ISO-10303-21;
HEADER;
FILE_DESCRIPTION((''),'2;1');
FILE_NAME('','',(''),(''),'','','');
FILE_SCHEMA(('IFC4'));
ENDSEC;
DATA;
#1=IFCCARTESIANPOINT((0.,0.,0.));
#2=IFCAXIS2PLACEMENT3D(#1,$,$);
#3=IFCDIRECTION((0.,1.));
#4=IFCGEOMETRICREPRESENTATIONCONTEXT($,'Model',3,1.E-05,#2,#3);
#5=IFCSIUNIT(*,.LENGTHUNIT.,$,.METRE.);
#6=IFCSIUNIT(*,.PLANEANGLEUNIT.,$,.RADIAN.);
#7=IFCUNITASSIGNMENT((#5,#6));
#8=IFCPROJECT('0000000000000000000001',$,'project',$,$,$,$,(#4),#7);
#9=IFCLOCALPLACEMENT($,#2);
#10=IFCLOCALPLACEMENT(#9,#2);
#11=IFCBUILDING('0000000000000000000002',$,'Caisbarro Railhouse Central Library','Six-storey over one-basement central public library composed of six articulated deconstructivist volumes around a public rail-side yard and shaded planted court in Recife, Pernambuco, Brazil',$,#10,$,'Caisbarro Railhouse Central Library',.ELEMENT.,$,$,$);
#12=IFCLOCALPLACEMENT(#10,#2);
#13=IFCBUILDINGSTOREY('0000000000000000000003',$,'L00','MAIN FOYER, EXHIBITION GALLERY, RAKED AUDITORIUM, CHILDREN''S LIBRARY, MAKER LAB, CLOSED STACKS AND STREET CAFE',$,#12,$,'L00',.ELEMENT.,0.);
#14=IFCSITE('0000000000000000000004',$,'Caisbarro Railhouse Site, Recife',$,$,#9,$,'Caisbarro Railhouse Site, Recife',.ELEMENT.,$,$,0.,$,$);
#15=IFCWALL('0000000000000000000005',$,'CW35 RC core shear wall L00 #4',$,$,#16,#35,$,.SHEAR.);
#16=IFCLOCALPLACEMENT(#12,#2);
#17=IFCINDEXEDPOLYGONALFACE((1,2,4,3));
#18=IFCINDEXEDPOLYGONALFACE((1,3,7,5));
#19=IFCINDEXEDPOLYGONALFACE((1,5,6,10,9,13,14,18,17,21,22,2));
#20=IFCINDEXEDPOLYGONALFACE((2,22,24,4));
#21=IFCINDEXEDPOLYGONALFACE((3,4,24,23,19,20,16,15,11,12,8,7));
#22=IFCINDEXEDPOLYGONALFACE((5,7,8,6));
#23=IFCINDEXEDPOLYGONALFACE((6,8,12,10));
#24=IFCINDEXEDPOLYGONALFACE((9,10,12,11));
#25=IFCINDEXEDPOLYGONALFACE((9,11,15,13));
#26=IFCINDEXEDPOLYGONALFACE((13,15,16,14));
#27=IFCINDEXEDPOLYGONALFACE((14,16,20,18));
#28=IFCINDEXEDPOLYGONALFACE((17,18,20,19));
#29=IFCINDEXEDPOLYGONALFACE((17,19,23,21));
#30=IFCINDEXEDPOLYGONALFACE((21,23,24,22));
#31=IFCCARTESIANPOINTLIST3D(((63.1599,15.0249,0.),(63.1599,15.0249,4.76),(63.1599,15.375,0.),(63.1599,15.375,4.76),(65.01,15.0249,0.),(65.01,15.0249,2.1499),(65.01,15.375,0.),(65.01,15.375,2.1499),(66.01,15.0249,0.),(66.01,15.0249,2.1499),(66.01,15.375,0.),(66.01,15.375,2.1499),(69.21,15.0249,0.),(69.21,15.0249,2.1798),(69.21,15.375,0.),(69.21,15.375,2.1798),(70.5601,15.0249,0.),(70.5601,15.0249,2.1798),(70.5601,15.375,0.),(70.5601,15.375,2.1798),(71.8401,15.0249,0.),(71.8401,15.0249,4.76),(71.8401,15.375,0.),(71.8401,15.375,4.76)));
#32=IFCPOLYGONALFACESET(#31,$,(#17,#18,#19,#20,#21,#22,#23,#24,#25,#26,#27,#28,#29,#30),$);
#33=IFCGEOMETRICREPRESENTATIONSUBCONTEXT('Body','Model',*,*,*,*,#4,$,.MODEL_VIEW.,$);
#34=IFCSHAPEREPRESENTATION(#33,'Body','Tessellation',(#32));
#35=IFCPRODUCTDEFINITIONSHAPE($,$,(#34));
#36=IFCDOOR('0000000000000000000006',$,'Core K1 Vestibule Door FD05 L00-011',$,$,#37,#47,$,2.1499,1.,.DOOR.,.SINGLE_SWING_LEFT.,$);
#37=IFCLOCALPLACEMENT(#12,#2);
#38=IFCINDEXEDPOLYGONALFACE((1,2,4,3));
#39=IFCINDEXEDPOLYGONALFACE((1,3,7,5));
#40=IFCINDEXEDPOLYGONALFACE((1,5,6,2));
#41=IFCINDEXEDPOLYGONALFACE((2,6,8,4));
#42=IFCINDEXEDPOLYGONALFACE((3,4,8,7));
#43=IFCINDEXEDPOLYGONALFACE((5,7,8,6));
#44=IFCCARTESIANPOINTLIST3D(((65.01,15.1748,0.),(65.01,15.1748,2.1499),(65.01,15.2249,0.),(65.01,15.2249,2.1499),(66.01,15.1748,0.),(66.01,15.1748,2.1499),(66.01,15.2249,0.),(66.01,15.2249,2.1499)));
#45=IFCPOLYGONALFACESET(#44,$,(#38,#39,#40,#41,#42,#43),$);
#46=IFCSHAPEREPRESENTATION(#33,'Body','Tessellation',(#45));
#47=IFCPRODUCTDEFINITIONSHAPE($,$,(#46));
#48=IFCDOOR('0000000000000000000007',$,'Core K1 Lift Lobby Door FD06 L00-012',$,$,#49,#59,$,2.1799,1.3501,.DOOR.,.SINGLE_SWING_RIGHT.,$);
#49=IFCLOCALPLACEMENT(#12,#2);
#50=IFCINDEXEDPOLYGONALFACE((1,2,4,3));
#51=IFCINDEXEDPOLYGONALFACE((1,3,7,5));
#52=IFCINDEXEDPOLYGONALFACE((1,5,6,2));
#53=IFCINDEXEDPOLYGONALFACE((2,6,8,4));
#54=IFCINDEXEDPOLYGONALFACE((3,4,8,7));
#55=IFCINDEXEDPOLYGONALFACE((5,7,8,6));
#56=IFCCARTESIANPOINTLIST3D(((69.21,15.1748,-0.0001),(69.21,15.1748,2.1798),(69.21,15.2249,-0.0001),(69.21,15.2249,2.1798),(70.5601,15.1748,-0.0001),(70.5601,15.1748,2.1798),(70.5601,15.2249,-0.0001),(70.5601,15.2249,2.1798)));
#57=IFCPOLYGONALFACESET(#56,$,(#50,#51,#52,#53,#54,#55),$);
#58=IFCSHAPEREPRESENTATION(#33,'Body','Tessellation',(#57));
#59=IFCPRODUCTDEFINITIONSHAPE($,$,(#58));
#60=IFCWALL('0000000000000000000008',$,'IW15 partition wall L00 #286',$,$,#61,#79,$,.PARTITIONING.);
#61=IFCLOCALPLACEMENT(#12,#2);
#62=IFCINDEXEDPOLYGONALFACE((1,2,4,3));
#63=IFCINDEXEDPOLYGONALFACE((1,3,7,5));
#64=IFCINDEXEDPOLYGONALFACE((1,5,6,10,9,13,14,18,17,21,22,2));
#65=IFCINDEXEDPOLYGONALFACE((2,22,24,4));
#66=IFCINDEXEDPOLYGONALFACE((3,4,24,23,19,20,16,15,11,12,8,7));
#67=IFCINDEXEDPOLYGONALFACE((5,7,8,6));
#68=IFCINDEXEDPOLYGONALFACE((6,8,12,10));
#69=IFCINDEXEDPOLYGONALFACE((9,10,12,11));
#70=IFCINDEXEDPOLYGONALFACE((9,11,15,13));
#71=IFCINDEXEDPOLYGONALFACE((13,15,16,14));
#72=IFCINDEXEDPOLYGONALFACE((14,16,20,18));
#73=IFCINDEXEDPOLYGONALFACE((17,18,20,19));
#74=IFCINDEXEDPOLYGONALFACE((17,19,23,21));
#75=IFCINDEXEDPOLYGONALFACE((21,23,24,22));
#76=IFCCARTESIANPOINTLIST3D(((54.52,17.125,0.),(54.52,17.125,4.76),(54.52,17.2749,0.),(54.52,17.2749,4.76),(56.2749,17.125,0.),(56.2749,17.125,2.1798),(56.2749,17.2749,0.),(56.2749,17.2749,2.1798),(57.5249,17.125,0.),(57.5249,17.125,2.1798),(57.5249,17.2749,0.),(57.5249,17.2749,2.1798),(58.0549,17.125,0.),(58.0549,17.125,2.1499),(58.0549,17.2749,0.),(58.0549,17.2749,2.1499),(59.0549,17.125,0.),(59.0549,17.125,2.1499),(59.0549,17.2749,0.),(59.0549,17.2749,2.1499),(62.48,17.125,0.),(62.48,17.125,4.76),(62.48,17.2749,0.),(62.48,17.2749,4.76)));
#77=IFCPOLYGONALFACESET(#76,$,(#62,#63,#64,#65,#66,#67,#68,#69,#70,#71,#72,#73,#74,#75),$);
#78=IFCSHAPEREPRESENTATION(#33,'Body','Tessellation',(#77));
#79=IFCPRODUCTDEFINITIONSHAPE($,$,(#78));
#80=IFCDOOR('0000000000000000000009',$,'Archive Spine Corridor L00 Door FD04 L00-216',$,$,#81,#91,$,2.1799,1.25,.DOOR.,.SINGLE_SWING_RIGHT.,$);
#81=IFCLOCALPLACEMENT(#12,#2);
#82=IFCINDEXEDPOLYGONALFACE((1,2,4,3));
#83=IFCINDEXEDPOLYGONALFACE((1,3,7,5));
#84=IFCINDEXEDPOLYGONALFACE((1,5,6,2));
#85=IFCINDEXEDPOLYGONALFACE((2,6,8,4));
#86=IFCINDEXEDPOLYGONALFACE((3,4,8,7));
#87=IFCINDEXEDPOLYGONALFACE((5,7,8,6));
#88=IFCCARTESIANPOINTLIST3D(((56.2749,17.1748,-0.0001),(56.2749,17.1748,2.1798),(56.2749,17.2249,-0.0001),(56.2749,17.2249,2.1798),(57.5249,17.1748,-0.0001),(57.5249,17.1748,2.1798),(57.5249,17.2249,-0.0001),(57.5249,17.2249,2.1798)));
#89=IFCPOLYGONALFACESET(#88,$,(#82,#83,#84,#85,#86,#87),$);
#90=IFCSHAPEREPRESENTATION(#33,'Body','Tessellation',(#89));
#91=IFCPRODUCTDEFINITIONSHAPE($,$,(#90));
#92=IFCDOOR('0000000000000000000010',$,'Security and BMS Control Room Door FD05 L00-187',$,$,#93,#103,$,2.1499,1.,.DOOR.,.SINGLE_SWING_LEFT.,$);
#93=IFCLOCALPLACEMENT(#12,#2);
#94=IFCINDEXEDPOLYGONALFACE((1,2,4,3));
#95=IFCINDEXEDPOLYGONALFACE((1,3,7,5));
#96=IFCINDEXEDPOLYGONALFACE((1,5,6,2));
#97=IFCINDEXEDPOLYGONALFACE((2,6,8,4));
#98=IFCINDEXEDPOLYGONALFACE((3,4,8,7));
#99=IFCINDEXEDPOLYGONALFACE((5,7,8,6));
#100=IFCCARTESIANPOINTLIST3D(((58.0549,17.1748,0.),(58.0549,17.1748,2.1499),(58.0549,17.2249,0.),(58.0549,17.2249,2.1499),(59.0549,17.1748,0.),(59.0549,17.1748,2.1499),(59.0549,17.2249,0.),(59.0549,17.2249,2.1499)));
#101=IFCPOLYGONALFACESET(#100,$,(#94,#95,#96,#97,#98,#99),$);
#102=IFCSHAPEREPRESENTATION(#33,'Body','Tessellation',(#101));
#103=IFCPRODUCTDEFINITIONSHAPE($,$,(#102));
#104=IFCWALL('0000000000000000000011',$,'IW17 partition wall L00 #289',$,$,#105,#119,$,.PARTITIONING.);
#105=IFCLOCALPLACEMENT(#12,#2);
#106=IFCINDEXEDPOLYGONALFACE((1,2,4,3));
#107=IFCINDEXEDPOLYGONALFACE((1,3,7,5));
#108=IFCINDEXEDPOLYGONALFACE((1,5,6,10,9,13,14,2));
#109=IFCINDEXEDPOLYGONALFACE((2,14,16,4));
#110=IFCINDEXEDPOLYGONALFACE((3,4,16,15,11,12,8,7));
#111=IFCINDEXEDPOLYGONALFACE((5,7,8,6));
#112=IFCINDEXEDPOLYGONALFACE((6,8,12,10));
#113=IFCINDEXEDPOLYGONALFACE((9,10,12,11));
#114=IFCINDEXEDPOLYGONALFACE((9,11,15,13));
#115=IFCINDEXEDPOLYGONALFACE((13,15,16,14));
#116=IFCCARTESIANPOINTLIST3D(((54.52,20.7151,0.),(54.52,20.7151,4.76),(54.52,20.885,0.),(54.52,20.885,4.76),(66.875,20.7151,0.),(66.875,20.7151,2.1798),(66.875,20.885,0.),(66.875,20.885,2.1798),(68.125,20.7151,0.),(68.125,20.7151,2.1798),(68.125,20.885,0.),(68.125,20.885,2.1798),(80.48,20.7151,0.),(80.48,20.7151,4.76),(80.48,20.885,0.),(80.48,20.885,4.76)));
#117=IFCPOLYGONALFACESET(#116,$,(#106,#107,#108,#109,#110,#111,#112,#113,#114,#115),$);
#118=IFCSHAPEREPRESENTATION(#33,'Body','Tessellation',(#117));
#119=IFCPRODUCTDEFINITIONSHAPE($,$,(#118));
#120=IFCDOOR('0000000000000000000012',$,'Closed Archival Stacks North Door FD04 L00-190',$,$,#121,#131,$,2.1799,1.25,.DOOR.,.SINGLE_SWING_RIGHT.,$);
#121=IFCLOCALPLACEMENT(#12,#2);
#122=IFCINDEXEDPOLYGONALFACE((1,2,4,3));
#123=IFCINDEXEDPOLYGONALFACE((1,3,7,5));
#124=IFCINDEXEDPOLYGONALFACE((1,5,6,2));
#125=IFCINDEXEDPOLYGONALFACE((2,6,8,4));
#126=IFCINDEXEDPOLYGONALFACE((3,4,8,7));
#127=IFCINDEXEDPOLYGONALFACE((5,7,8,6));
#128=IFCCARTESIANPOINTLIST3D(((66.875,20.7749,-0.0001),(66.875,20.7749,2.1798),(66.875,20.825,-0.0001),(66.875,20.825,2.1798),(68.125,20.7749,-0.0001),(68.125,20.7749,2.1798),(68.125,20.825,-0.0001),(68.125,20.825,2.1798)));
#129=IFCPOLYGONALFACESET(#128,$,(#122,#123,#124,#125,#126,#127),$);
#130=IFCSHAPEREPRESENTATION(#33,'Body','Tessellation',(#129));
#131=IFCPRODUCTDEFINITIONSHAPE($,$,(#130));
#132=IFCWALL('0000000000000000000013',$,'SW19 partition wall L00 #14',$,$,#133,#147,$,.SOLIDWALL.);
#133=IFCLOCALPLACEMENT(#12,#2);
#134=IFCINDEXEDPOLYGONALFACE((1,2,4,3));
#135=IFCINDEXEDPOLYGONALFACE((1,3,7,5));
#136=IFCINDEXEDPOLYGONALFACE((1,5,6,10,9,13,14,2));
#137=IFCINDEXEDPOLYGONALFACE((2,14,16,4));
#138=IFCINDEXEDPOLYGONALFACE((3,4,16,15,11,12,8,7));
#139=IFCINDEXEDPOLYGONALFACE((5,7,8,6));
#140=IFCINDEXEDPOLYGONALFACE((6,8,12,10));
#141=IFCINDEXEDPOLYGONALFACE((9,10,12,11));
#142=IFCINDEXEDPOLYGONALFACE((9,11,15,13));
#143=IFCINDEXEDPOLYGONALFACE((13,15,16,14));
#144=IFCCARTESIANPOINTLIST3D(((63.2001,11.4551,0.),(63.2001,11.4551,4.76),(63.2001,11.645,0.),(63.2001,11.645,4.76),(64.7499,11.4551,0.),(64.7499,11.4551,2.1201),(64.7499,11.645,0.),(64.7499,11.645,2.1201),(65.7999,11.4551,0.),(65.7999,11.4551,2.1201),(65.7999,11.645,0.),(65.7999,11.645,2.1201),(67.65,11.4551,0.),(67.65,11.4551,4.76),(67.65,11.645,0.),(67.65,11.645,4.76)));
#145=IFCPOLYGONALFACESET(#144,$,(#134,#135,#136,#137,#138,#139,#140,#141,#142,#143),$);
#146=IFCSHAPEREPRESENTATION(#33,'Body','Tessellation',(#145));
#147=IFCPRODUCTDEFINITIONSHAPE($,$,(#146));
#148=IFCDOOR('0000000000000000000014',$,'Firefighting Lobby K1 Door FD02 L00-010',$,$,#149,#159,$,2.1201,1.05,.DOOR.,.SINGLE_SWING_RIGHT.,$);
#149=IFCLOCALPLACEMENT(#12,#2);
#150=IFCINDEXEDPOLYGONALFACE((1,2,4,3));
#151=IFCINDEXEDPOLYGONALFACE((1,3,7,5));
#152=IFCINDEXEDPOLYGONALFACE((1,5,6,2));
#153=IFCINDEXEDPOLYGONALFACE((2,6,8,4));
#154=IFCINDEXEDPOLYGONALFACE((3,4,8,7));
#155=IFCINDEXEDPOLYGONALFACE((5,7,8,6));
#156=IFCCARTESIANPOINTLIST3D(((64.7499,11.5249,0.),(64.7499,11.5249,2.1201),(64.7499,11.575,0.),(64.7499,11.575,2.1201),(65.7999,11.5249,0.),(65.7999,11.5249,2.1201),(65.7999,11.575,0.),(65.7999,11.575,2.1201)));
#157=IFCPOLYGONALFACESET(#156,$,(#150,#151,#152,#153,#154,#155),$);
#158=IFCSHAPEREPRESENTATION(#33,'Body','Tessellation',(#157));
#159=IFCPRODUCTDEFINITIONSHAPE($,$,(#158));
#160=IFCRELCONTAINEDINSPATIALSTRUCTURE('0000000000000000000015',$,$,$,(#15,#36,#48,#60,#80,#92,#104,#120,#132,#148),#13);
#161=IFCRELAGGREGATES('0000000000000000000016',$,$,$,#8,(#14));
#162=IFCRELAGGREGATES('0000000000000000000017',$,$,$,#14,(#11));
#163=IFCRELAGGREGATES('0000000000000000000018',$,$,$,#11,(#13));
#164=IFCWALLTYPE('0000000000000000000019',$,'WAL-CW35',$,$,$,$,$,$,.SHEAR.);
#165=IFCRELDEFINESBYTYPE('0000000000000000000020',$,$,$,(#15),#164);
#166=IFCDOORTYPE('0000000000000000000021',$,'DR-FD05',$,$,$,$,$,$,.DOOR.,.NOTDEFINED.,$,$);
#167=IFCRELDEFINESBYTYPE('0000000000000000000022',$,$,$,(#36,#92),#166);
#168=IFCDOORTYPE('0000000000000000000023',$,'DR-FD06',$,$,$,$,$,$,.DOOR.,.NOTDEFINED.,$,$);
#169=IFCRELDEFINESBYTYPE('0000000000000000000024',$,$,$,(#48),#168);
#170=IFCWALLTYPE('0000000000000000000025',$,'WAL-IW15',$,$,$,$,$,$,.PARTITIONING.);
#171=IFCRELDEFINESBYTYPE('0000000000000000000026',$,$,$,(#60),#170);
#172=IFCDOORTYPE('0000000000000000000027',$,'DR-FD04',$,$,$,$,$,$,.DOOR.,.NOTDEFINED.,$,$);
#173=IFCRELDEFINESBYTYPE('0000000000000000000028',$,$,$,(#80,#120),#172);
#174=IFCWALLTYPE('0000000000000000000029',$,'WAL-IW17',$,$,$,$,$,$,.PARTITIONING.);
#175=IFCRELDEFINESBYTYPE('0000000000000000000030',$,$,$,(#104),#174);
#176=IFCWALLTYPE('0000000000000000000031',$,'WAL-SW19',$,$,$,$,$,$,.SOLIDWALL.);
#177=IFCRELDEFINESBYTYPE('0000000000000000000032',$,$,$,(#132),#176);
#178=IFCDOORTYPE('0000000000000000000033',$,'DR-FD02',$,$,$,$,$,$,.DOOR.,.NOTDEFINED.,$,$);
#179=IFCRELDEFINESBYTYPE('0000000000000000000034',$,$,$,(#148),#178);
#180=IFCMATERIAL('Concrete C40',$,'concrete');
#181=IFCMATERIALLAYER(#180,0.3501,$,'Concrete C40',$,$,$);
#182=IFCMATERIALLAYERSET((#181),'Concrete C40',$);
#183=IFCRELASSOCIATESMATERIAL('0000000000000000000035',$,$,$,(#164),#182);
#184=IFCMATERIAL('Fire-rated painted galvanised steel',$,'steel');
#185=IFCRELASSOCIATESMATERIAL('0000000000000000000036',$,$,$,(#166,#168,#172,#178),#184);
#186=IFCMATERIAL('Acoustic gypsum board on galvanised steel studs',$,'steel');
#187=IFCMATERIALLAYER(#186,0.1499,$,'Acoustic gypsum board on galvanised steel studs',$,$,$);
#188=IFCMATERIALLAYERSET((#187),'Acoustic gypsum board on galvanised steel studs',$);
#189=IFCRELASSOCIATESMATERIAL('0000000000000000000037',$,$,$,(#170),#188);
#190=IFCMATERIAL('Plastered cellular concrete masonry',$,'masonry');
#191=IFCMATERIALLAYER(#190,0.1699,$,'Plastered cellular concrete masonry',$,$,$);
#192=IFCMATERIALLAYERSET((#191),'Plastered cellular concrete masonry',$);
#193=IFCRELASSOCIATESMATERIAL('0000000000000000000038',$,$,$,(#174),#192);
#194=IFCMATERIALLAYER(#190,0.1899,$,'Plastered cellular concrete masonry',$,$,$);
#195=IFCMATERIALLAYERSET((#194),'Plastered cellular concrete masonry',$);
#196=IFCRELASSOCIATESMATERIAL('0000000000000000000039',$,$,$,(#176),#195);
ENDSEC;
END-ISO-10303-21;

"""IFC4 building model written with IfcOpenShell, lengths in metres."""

from ifc_helpers import new_model, si_unit, direction, frame, frame_2d, origin, place, context, subcontext, project, spatial, rectangle, extrude, material, layer, layer_set, type_object, element, fill, save


model = new_model("IFC4")

# Units and contexts
model_context = context("Model", 3, precision=1e-05, world=origin(), true_north=direction((0.0, 1.0)))
body_context = subcontext(model_context, "Body", "Model", "MODEL_VIEW")
ifc_project = project(units=[si_unit("LENGTHUNIT", "METRE"), si_unit("PLANEANGLEUNIT", "RADIAN")], contexts=[model_context])

# Site, building, storey
site_placement = place(None, origin())
site = spatial("IfcSite", under=ifc_project, at=site_placement, Name="Caisbarro Railhouse Site, Recife", LongName="Caisbarro Railhouse Site, Recife", CompositionType="ELEMENT", RefElevation=0.0)
building_placement = place(site_placement, origin())
building = spatial("IfcBuilding", under=site, at=building_placement, Name="Caisbarro Railhouse Central Library", Description="Six-storey over one-basement central public library composed of six articulated deconstructivist volumes around a public rail-side yard and shaded planted court in Recife, Pernambuco, Brazil", LongName="Caisbarro Railhouse Central Library", CompositionType="ELEMENT")
storey_placement = place(building_placement, origin())
storey = spatial("IfcBuildingStorey", under=building, at=storey_placement, Name="L00", Description="MAIN FOYER, EXHIBITION GALLERY, RAKED AUDITORIUM, CHILDREN'S LIBRARY, MAKER LAB, CLOSED STACKS AND STREET CAFE", LongName="L00", CompositionType="ELEMENT", Elevation=0.0)

# Shared definitions
ifc_material_1 = material(Name="Concrete C40", Category="concrete")

# Walls, openings, doors
ifc_layer_1 = layer(ifc_material_1, 0.3501, Name="Concrete C40")
ifc_layer_set_1 = layer_set([ifc_layer_1], Name="Concrete C40")
wall_type_1 = type_object("IfcWallType", Name="WAL-CW35", PredefinedType="SHEAR", material=ifc_layer_set_1)
wall_1_placement = place(storey_placement, frame((63.1599, 15.2, 0.0), z_axis=(0.0, 0.0, 1.0), x_axis=(1.0, 0.0, 0.0)))
wall_1 = element("IfcWall", 1, at=wall_1_placement, inside=storey, type_object=wall_type_1, Name="CW35 RC core shear wall L00 #4", PredefinedType="SHEAR", context=body_context, shape_type="SweptSolid", body=[
    extrude(rectangle(XDim=8.6802, YDim=0.3501, at=frame_2d((4.3401, 0.0))), origin(), (0.0, 0.0, 1.0), 4.76),
])
opening_1_placement = place(wall_1_placement, frame((1.8501, 0.0, 0.0)))
opening_1 = element("IfcOpeningElement", 2, at=opening_1_placement, cuts=wall_1, PredefinedType="OPENING", context=body_context, shape_type="SweptSolid", body=[
    extrude(rectangle(XDim=1.0, YDim=2.1499, at=frame_2d((0.5, 1.075))), frame((0.0, 0.1851, 0.0), z_axis=(0.0, -1.0, 0.0), x_axis=(1.0, 0.0, 0.0)), (0.0, 0.0, 1.0), 0.3701),
])
opening_2_placement = place(wall_1_placement, frame((6.05, 0.0, 0.0)))
opening_2 = element("IfcOpeningElement", 3, at=opening_2_placement, cuts=wall_1, PredefinedType="OPENING", context=body_context, shape_type="SweptSolid", body=[
    extrude(rectangle(XDim=1.3501, YDim=2.1799, at=frame_2d((0.675, 1.0898))), frame((0.0, 0.1851, 0.0), z_axis=(0.0, -1.0, 0.0), x_axis=(1.0, 0.0, 0.0)), (0.0, 0.0, 1.0), 0.3701),
])
ifc_material_2 = material(Name="Fire-rated painted galvanised steel", Category="steel")
door_type_1 = type_object("IfcDoorType", Name="DR-FD05", OperationType="NOTDEFINED", PredefinedType="DOOR", material=ifc_material_2)
door_1_placement = place(opening_1_placement, origin())
door_1 = element("IfcDoor", 4, at=door_1_placement, inside=storey, type_object=door_type_1, Name="Core K1 Vestibule Door FD05 L00-011", OperationType="SINGLE_SWING_LEFT", OverallHeight=2.1499, OverallWidth=1.0, PredefinedType="DOOR", context=body_context, shape_type="SweptSolid", body=[
    extrude(rectangle(XDim=1.0, YDim=2.1499, at=frame_2d((0.5, 1.075))), frame((0.0, 0.0249, 0.0), z_axis=(0.0, -1.0, 0.0), x_axis=(1.0, 0.0, 0.0)), (0.0, 0.0, 1.0), 0.05),
])
fill(opening_1, door_1)
door_type_2 = type_object("IfcDoorType", Name="DR-FD06", OperationType="NOTDEFINED", PredefinedType="DOOR", material=ifc_material_2)
door_2_placement = place(opening_2_placement, origin())
door_2 = element("IfcDoor", 5, at=door_2_placement, inside=storey, type_object=door_type_2, Name="Core K1 Lift Lobby Door FD06 L00-012", OperationType="SINGLE_SWING_RIGHT", OverallHeight=2.1799, OverallWidth=1.3501, PredefinedType="DOOR", context=body_context, shape_type="SweptSolid", body=[
    extrude(rectangle(XDim=1.3501, YDim=2.1799, at=frame_2d((0.675, 1.0898))), frame((0.0, 0.0249, 0.0), z_axis=(0.0, -1.0, 0.0), x_axis=(1.0, 0.0, 0.0)), (0.0, 0.0, 1.0), 0.05),
])
fill(opening_2, door_2)
ifc_material_3 = material(Name="Acoustic gypsum board on galvanised steel studs", Category="steel")
ifc_layer_2 = layer(ifc_material_3, 0.1499, Name="Acoustic gypsum board on galvanised steel studs")
ifc_layer_set_2 = layer_set([ifc_layer_2], Name="Acoustic gypsum board on galvanised steel studs")
wall_type_2 = type_object("IfcWallType", Name="WAL-IW15", PredefinedType="PARTITIONING", material=ifc_layer_set_2)
wall_2_placement = place(storey_placement, frame((54.52, 17.2, 0.0), z_axis=(0.0, 0.0, 1.0), x_axis=(1.0, 0.0, 0.0)))
wall_2 = element("IfcWall", 6, at=wall_2_placement, inside=storey, type_object=wall_type_2, Name="IW15 partition wall L00 #286", PredefinedType="PARTITIONING", context=body_context, shape_type="SweptSolid", body=[
    extrude(rectangle(XDim=7.96, YDim=0.1499, at=frame_2d((3.98, 0.0))), origin(), (0.0, 0.0, 1.0), 4.76),
])
opening_3_placement = place(wall_2_placement, frame((3.5349, 0.0, 0.0)))
opening_3 = element("IfcOpeningElement", 7, at=opening_3_placement, cuts=wall_2, PredefinedType="OPENING", context=body_context, shape_type="SweptSolid", body=[
    extrude(rectangle(XDim=1.0, YDim=2.1499, at=frame_2d((0.5, 1.075))), frame((0.0, 0.085, 0.0), z_axis=(0.0, -1.0, 0.0), x_axis=(1.0, 0.0, 0.0)), (0.0, 0.0, 1.0), 0.1699),
])
opening_4_placement = place(wall_2_placement, frame((1.7549, 0.0, 0.0)))
opening_4 = element("IfcOpeningElement", 8, at=opening_4_placement, cuts=wall_2, PredefinedType="OPENING", context=body_context, shape_type="SweptSolid", body=[
    extrude(rectangle(XDim=1.25, YDim=2.1799, at=frame_2d((0.625, 1.0898))), frame((0.0, 0.085, 0.0), z_axis=(0.0, -1.0, 0.0), x_axis=(1.0, 0.0, 0.0)), (0.0, 0.0, 1.0), 0.1699),
])
door_type_3 = type_object("IfcDoorType", Name="DR-FD04", OperationType="NOTDEFINED", PredefinedType="DOOR", material=ifc_material_2)
door_3_placement = place(opening_4_placement, origin())
door_3 = element("IfcDoor", 9, at=door_3_placement, inside=storey, type_object=door_type_3, Name="Archive Spine Corridor L00 Door FD04 L00-216", OperationType="SINGLE_SWING_RIGHT", OverallHeight=2.1799, OverallWidth=1.25, PredefinedType="DOOR", context=body_context, shape_type="SweptSolid", body=[
    extrude(rectangle(XDim=1.25, YDim=2.1799, at=frame_2d((0.625, 1.0898))), frame((0.0, 0.0249, 0.0), z_axis=(0.0, -1.0, 0.0), x_axis=(1.0, 0.0, 0.0)), (0.0, 0.0, 1.0), 0.05),
])
fill(opening_4, door_3)
door_4_placement = place(opening_3_placement, origin())
door_4 = element("IfcDoor", 10, at=door_4_placement, inside=storey, type_object=door_type_1, Name="Security and BMS Control Room Door FD05 L00-187", OperationType="SINGLE_SWING_LEFT", OverallHeight=2.1499, OverallWidth=1.0, PredefinedType="DOOR", context=body_context, shape_type="SweptSolid", body=[
    extrude(rectangle(XDim=1.0, YDim=2.1499, at=frame_2d((0.5, 1.075))), frame((0.0, 0.0249, 0.0), z_axis=(0.0, -1.0, 0.0), x_axis=(1.0, 0.0, 0.0)), (0.0, 0.0, 1.0), 0.05),
])
fill(opening_3, door_4)

# Walls, openings, doors
ifc_material_4 = material(Name="Plastered cellular concrete masonry", Category="masonry")
ifc_layer_3 = layer(ifc_material_4, 0.1699, Name="Plastered cellular concrete masonry")
ifc_layer_set_3 = layer_set([ifc_layer_3], Name="Plastered cellular concrete masonry")
wall_type_3 = type_object("IfcWallType", Name="WAL-IW17", PredefinedType="PARTITIONING", material=ifc_layer_set_3)
wall_3_placement = place(storey_placement, frame((54.52, 20.8, 0.0), z_axis=(0.0, 0.0, 1.0), x_axis=(1.0, 0.0, 0.0)))
wall_3 = element("IfcWall", 11, at=wall_3_placement, inside=storey, type_object=wall_type_3, Name="IW17 partition wall L00 #289", PredefinedType="PARTITIONING", context=body_context, shape_type="SweptSolid", body=[
    extrude(rectangle(XDim=25.96, YDim=0.1699, at=frame_2d((12.98, 0.0))), origin(), (0.0, 0.0, 1.0), 4.76),
])
opening_5_placement = place(wall_3_placement, frame((12.355, 0.0, 0.0)))
opening_5 = element("IfcOpeningElement", 12, at=opening_5_placement, cuts=wall_3, PredefinedType="OPENING", context=body_context, shape_type="SweptSolid", body=[
    extrude(rectangle(XDim=1.25, YDim=2.1799, at=frame_2d((0.625, 1.0898))), frame((0.0, 0.095, 0.0), z_axis=(0.0, -1.0, 0.0), x_axis=(1.0, 0.0, 0.0)), (0.0, 0.0, 1.0), 0.1899),
])
door_5_placement = place(opening_5_placement, origin())
door_5 = element("IfcDoor", 13, at=door_5_placement, inside=storey, type_object=door_type_3, Name="Closed Archival Stacks North Door FD04 L00-190", OperationType="SINGLE_SWING_RIGHT", OverallHeight=2.1799, OverallWidth=1.25, PredefinedType="DOOR", context=body_context, shape_type="SweptSolid", body=[
    extrude(rectangle(XDim=1.25, YDim=2.1799, at=frame_2d((0.625, 1.0898))), frame((0.0, 0.0249, 0.0), z_axis=(0.0, -1.0, 0.0), x_axis=(1.0, 0.0, 0.0)), (0.0, 0.0, 1.0), 0.05),
])
fill(opening_5, door_5)
ifc_layer_4 = layer(ifc_material_4, 0.1899, Name="Plastered cellular concrete masonry")
ifc_layer_set_4 = layer_set([ifc_layer_4], Name="Plastered cellular concrete masonry")
wall_type_4 = type_object("IfcWallType", Name="WAL-SW19", PredefinedType="SOLIDWALL", material=ifc_layer_set_4)
wall_4_placement = place(storey_placement, frame((63.2, 11.55, 0.0), z_axis=(0.0, 0.0, 1.0), x_axis=(1.0, 0.0, 0.0)))
wall_4 = element("IfcWall", 14, at=wall_4_placement, inside=storey, type_object=wall_type_4, Name="SW19 partition wall L00 #14", PredefinedType="SOLIDWALL", context=body_context, shape_type="SweptSolid", body=[
    extrude(rectangle(XDim=4.45, YDim=0.1899, at=frame_2d((2.2251, 0.0))), origin(), (0.0, 0.0, 1.0), 4.76),
])
opening_6_placement = place(wall_4_placement, frame((1.55, 0.0, 0.0)))
opening_6 = element("IfcOpeningElement", 15, at=opening_6_placement, cuts=wall_4, PredefinedType="OPENING", context=body_context, shape_type="SweptSolid", body=[
    extrude(rectangle(XDim=1.05, YDim=2.1201, at=frame_2d((0.5249, 1.0601))), frame((0.0, 0.105, 0.0), z_axis=(0.0, -1.0, 0.0), x_axis=(1.0, 0.0, 0.0)), (0.0, 0.0, 1.0), 0.21),
])
door_type_4 = type_object("IfcDoorType", Name="DR-FD02", OperationType="NOTDEFINED", PredefinedType="DOOR", material=ifc_material_2)
door_6_placement = place(opening_6_placement, origin())
door_6 = element("IfcDoor", 16, at=door_6_placement, inside=storey, type_object=door_type_4, Name="Firefighting Lobby K1 Door FD02 L00-010", OperationType="SINGLE_SWING_RIGHT", OverallHeight=2.1201, OverallWidth=1.05, PredefinedType="DOOR", context=body_context, shape_type="SweptSolid", body=[
    extrude(rectangle(XDim=1.05, YDim=2.1201, at=frame_2d((0.5249, 1.0601))), frame((0.0, 0.0249, 0.0), z_axis=(0.0, -1.0, 0.0), x_axis=(1.0, 0.0, 0.0)), (0.0, 0.0, 1.0), 0.05),
])
fill(opening_6, door_6)

save(model, "model.ifc")
